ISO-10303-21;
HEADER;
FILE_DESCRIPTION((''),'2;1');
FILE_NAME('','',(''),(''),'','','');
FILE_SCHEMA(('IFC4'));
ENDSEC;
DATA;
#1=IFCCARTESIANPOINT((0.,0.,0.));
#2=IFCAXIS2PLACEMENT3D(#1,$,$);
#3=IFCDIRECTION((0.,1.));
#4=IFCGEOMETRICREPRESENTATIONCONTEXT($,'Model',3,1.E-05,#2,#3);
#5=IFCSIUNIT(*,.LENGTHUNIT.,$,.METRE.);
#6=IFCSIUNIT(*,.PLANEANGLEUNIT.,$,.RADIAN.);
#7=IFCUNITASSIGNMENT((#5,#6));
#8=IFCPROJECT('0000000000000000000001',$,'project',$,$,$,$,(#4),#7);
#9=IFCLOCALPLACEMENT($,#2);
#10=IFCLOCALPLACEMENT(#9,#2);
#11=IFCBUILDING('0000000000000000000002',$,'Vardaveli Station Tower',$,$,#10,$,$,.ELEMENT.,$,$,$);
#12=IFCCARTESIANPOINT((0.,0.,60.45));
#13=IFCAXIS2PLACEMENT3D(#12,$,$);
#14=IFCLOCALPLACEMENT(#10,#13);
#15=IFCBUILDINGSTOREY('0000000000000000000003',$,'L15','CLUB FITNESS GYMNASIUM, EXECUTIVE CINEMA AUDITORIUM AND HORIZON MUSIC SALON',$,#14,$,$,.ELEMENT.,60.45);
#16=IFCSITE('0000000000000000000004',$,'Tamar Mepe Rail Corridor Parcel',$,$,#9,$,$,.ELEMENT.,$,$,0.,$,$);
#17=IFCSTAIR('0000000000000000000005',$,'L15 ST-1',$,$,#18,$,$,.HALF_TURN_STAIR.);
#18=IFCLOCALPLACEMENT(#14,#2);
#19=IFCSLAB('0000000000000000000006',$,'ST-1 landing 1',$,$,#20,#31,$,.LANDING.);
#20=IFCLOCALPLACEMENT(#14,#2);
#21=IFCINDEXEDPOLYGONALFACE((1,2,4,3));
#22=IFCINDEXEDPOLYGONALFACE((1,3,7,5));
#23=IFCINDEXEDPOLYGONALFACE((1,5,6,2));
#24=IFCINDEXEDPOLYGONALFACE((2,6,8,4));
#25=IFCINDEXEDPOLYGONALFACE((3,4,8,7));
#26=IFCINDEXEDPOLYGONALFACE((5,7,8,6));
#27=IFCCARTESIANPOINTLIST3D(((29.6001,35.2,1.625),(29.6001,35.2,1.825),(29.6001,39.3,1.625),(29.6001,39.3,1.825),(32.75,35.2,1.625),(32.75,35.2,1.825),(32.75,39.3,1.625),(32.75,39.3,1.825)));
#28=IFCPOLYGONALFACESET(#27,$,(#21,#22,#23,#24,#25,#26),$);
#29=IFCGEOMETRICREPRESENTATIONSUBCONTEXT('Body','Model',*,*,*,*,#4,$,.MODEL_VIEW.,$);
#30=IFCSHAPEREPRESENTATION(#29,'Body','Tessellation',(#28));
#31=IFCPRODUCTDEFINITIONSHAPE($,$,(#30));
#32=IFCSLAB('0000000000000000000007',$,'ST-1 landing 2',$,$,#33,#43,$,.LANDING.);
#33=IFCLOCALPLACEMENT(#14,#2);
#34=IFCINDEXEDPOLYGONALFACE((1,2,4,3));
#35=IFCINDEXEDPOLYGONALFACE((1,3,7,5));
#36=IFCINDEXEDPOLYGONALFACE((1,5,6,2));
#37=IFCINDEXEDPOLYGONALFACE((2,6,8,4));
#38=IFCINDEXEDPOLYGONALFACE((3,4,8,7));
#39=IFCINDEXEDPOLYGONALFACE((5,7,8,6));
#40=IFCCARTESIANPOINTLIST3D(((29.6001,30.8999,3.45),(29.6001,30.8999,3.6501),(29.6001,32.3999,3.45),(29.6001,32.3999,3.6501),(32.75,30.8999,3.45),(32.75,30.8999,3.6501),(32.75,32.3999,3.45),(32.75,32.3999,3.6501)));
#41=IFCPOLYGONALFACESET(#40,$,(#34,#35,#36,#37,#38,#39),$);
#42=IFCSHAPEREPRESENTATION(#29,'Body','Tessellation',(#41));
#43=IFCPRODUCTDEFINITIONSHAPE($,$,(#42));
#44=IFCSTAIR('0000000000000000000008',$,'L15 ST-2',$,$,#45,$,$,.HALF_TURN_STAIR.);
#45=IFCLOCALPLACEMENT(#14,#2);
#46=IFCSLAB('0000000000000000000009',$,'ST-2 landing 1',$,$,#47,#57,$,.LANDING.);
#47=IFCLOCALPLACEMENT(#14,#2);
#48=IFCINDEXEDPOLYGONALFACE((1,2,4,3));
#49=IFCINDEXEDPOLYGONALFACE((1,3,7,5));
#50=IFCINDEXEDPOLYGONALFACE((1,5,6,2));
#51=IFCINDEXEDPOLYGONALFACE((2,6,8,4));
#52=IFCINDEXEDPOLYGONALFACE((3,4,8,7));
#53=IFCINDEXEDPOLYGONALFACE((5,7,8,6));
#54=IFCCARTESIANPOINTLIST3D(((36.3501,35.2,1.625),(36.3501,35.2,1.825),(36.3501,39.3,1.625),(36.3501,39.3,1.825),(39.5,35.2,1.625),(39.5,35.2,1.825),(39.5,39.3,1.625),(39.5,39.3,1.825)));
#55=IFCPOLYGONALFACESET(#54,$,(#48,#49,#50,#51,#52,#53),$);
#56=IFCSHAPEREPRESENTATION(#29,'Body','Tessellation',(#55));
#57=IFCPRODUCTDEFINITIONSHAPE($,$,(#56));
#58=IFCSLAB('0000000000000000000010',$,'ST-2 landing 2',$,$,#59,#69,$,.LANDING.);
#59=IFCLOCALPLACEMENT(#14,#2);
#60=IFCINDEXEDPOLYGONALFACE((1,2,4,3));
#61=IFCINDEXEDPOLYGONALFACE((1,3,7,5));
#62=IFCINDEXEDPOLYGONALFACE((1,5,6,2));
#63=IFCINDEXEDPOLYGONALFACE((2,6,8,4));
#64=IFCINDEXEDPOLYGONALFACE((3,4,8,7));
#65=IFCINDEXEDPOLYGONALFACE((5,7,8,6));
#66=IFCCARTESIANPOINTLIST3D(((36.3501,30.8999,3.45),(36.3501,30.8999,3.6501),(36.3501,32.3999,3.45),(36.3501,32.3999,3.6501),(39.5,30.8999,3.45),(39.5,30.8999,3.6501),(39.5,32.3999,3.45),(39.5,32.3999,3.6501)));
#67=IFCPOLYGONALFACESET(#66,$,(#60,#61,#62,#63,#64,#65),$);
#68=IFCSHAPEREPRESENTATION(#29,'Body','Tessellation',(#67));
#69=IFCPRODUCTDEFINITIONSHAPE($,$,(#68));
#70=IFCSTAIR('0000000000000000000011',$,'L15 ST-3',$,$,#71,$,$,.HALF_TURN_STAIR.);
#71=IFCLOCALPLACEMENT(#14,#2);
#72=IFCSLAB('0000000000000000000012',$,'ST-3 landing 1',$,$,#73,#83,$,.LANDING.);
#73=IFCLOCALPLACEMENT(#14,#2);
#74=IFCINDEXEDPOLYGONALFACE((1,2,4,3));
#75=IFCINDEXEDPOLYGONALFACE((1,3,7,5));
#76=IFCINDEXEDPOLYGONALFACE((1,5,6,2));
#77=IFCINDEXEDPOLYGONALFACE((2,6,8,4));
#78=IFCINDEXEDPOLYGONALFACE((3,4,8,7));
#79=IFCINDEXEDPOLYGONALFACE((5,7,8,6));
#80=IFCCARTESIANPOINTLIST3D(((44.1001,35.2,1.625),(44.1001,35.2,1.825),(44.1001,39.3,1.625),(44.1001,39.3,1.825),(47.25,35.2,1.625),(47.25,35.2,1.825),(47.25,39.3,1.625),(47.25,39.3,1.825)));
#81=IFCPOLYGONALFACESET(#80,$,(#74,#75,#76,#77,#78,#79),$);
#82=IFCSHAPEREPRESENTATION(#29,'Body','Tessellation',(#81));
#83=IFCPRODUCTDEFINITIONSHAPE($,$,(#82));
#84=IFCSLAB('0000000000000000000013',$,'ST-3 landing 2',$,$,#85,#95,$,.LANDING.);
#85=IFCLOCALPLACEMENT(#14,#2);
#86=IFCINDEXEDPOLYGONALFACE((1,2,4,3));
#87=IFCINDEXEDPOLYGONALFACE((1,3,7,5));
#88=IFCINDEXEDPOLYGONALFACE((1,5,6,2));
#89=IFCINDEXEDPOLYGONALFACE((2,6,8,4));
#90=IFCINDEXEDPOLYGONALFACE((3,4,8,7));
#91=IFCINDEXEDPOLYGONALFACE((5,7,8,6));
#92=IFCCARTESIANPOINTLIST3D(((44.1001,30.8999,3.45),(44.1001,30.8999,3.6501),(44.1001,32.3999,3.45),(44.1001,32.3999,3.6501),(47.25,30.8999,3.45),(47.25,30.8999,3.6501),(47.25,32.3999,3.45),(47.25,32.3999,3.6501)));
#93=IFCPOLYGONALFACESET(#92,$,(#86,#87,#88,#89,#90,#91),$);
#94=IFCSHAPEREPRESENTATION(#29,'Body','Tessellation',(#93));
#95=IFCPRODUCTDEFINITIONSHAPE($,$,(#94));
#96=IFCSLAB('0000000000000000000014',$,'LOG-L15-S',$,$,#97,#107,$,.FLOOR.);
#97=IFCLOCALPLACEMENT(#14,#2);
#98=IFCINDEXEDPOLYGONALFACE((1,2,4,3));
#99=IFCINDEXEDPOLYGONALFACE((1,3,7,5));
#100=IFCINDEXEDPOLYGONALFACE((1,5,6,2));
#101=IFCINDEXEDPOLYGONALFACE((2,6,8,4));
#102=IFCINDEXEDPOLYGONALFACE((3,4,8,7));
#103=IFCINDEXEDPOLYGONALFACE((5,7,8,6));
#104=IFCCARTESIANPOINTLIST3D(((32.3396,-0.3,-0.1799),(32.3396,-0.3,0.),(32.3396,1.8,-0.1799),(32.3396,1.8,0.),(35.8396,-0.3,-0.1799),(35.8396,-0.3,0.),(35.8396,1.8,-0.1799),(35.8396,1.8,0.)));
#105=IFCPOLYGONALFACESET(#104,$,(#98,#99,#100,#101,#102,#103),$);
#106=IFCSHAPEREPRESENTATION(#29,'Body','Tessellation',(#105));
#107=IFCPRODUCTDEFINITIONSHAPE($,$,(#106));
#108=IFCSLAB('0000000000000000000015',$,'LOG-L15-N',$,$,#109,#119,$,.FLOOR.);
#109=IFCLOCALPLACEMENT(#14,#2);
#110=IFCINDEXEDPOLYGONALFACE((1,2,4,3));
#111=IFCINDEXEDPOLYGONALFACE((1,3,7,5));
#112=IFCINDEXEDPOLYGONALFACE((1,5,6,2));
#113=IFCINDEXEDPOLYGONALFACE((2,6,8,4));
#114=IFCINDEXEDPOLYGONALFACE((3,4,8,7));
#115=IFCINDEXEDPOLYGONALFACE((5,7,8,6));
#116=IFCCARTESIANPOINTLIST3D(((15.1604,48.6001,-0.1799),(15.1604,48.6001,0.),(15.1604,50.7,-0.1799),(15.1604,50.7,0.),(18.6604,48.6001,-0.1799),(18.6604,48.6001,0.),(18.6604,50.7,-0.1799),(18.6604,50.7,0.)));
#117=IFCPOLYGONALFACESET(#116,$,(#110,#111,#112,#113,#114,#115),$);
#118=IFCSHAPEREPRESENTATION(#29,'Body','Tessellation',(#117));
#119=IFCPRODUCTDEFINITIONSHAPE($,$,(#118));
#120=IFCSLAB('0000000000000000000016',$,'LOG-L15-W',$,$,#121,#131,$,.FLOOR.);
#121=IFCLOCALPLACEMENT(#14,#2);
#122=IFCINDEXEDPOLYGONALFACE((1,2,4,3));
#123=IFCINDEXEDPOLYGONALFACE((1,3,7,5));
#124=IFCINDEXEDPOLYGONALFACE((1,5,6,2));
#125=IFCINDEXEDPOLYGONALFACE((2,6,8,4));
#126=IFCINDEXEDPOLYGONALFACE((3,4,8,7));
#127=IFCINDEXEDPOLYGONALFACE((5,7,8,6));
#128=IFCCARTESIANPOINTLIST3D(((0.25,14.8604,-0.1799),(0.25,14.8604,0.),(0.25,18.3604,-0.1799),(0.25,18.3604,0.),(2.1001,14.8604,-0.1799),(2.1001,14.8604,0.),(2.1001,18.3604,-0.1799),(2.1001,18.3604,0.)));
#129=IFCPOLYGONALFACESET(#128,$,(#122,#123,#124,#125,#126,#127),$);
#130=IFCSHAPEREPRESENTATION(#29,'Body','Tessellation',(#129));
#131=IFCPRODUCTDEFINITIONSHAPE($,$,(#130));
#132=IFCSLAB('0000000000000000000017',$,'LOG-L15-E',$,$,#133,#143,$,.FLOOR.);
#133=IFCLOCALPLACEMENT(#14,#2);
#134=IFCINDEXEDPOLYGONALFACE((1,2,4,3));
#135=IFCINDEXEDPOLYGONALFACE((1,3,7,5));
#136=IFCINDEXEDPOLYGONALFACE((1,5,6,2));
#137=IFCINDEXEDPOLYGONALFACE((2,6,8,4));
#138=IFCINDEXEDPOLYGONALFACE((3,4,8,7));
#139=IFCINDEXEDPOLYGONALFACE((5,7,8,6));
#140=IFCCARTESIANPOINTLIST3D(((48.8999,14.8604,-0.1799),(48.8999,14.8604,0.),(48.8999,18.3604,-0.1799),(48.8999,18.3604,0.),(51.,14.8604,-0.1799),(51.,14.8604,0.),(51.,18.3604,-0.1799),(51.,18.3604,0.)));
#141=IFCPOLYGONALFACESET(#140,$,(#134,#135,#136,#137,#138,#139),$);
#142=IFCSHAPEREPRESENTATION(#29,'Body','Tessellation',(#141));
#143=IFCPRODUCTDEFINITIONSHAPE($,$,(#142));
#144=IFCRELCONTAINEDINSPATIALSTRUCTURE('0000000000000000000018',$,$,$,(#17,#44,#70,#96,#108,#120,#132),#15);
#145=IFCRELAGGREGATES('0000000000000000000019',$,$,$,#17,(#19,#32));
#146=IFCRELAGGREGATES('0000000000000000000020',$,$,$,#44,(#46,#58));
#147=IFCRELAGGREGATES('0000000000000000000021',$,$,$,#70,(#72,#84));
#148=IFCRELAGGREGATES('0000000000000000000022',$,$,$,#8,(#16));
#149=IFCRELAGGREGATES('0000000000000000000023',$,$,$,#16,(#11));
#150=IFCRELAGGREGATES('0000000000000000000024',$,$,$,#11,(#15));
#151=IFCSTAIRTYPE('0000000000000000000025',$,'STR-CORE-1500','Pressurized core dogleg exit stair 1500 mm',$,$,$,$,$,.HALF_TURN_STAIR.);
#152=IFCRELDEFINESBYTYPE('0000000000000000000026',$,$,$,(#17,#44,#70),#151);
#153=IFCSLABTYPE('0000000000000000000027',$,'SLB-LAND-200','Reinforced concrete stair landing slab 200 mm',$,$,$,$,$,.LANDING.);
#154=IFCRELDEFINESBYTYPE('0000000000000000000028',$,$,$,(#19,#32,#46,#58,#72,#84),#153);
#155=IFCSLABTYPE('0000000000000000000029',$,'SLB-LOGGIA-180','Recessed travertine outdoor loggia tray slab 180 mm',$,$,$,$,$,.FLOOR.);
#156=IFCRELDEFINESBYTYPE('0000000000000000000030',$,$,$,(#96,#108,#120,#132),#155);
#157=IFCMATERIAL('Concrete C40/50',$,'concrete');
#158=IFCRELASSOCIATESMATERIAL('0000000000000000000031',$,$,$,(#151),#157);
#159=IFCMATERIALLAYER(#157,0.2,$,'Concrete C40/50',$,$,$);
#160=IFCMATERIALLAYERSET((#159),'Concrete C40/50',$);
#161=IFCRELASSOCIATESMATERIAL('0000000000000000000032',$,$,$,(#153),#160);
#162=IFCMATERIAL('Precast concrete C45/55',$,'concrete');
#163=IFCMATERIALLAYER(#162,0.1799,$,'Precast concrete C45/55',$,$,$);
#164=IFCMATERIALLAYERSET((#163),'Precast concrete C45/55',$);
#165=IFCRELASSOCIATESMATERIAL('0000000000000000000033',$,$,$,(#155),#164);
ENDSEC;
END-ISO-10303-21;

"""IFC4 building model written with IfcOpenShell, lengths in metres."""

from ifc_helpers import new_model, si_unit, direction, frame, origin, place, context, subcontext, project, spatial, polyline, outline, extrude, material, layer, layer_set, type_object, element, aggregate, save


model = new_model("IFC4")

# Units and contexts
model_context = context("Model", 3, precision=1e-05, world=origin(), true_north=direction((0.0, 1.0)))
body_context = subcontext(model_context, "Body", "Model", "MODEL_VIEW")
ifc_project = project(units=[si_unit("LENGTHUNIT", "METRE"), si_unit("PLANEANGLEUNIT", "RADIAN")], contexts=[model_context])

# Site, building, storey
site_placement = place(None, origin())
site = spatial("IfcSite", under=ifc_project, at=site_placement, Name="Tamar Mepe Rail Corridor Parcel", CompositionType="ELEMENT", RefElevation=0.0)
building_placement = place(site_placement, origin())
building = spatial("IfcBuilding", under=site, at=building_placement, Name="Vardaveli Station Tower", CompositionType="ELEMENT")
storey_placement = place(building_placement, frame((0.0, 0.0, 60.45)))
storey = spatial("IfcBuildingStorey", under=building, at=storey_placement, Name="L15", Description="CLUB FITNESS GYMNASIUM, EXECUTIVE CINEMA AUDITORIUM AND HORIZON MUSIC SALON", CompositionType="ELEMENT", Elevation=60.45)

# Stairs, slabs
ifc_material_1 = material(Name="Concrete C40/50", Category="concrete")
stair_type = type_object("IfcStairType", Name="STR-CORE-1500", Description="Pressurized core dogleg exit stair 1500 mm", PredefinedType="HALF_TURN_STAIR", material=ifc_material_1)
stair_1_placement = place(storey_placement, origin())
stair_1 = element("IfcStair", 1, at=stair_1_placement, inside=storey, type_object=stair_type, Name="L15 ST-1", PredefinedType="HALF_TURN_STAIR")
ifc_layer_1 = layer(ifc_material_1, 0.2, Name="Concrete C40/50")
ifc_layer_set_1 = layer_set([ifc_layer_1], Name="Concrete C40/50")
slab_type_1 = type_object("IfcSlabType", Name="SLB-LAND-200", Description="Reinforced concrete stair landing slab 200 mm", PredefinedType="LANDING", material=ifc_layer_set_1)
slab_1_placement = place(storey_placement, frame((0.0, 0.0, 1.625)))
slab_1 = element("IfcSlab", 2, at=slab_1_placement, type_object=slab_type_1, Name="ST-1 landing 1", PredefinedType="LANDING", context=body_context, shape_type="SweptSolid", body=[
    extrude(outline(polyline([(32.75, 35.2), (32.75, 39.3), (29.6001, 39.3), (29.6001, 35.2), (32.75, 35.2)])), origin(), (0.0, 0.0, 1.0), 0.2),
])
slab_2_placement = place(storey_placement, frame((0.0, 0.0, 3.45)))
slab_2 = element("IfcSlab", 3, at=slab_2_placement, type_object=slab_type_1, Name="ST-1 landing 2", PredefinedType="LANDING", context=body_context, shape_type="SweptSolid", body=[
    extrude(outline(polyline([(32.75, 30.8999), (32.75, 32.3999), (29.6001, 32.3999), (29.6001, 30.8999), (32.75, 30.8999)])), origin(), (0.0, 0.0, 1.0), 0.2002),
])
aggregate(stair_1, [slab_1, slab_2])
stair_2_placement = place(storey_placement, origin())
stair_2 = element("IfcStair", 4, at=stair_2_placement, inside=storey, type_object=stair_type, Name="L15 ST-2", PredefinedType="HALF_TURN_STAIR")
slab_3_placement = place(storey_placement, frame((0.0, 0.0, 1.625)))
slab_3 = element("IfcSlab", 5, at=slab_3_placement, type_object=slab_type_1, Name="ST-2 landing 1", PredefinedType="LANDING", context=body_context, shape_type="SweptSolid", body=[
    extrude(outline(polyline([(39.5, 35.2), (39.5, 39.3), (36.3501, 39.3), (36.3501, 35.2), (39.5, 35.2)])), origin(), (0.0, 0.0, 1.0), 0.2),
])
slab_4_placement = place(storey_placement, frame((0.0, 0.0, 3.45)))
slab_4 = element("IfcSlab", 6, at=slab_4_placement, type_object=slab_type_1, Name="ST-2 landing 2", PredefinedType="LANDING", context=body_context, shape_type="SweptSolid", body=[
    extrude(outline(polyline([(39.5, 30.8999), (39.5, 32.3999), (36.3501, 32.3999), (36.3501, 30.8999), (39.5, 30.8999)])), origin(), (0.0, 0.0, 1.0), 0.2002),
])
aggregate(stair_2, [slab_3, slab_4])
stair_3_placement = place(storey_placement, origin())
stair_3 = element("IfcStair", 7, at=stair_3_placement, inside=storey, type_object=stair_type, Name="L15 ST-3", PredefinedType="HALF_TURN_STAIR")
slab_5_placement = place(storey_placement, frame((0.0, 0.0, 1.625)))
slab_5 = element("IfcSlab", 8, at=slab_5_placement, type_object=slab_type_1, Name="ST-3 landing 1", PredefinedType="LANDING", context=body_context, shape_type="SweptSolid", body=[
    extrude(outline(polyline([(47.25, 35.2), (47.25, 39.3), (44.1001, 39.3), (44.1001, 35.2), (47.25, 35.2)])), origin(), (0.0, 0.0, 1.0), 0.2),
])
slab_6_placement = place(storey_placement, frame((0.0, 0.0, 3.45)))
slab_6 = element("IfcSlab", 9, at=slab_6_placement, type_object=slab_type_1, Name="ST-3 landing 2", PredefinedType="LANDING", context=body_context, shape_type="SweptSolid", body=[
    extrude(outline(polyline([(47.25, 30.8999), (47.25, 32.3999), (44.1001, 32.3999), (44.1001, 30.8999), (47.25, 30.8999)])), origin(), (0.0, 0.0, 1.0), 0.2002),
])
aggregate(stair_3, [slab_5, slab_6])

# Slabs
ifc_material_2 = material(Name="Precast concrete C45/55", Category="concrete")
ifc_layer_2 = layer(ifc_material_2, 0.1799, Name="Precast concrete C45/55")
ifc_layer_set_2 = layer_set([ifc_layer_2], Name="Precast concrete C45/55")
slab_type_2 = type_object("IfcSlabType", Name="SLB-LOGGIA-180", Description="Recessed travertine outdoor loggia tray slab 180 mm", PredefinedType="FLOOR", material=ifc_layer_set_2)
slab_7_placement = place(storey_placement, frame((0.0, 0.0, -0.1799)))
element("IfcSlab", 10, at=slab_7_placement, inside=storey, type_object=slab_type_2, Name="LOG-L15-S", PredefinedType="FLOOR", context=body_context, shape_type="SweptSolid", body=[
    extrude(outline(polyline([(32.3396, -0.3), (35.8396, -0.3), (35.8396, 1.8), (32.3396, 1.8), (32.3396, -0.3)])), origin(), (0.0, 0.0, 1.0), 0.1799),
])
slab_8_placement = place(storey_placement, frame((0.0, 0.0, -0.1799)))
element("IfcSlab", 11, at=slab_8_placement, inside=storey, type_object=slab_type_2, Name="LOG-L15-N", PredefinedType="FLOOR", context=body_context, shape_type="SweptSolid", body=[
    extrude(outline(polyline([(15.1604, 48.6001), (18.6604, 48.6001), (18.6604, 50.7), (15.1604, 50.7), (15.1604, 48.6001)])), origin(), (0.0, 0.0, 1.0), 0.1799),
])
slab_9_placement = place(storey_placement, frame((0.0, 0.0, -0.1799)))
element("IfcSlab", 12, at=slab_9_placement, inside=storey, type_object=slab_type_2, Name="LOG-L15-W", PredefinedType="FLOOR", context=body_context, shape_type="SweptSolid", body=[
    extrude(outline(polyline([(0.25, 14.8604), (2.1001, 14.8604), (2.1001, 18.3604), (0.25, 18.3604), (0.25, 14.8604)])), origin(), (0.0, 0.0, 1.0), 0.1799),
])
slab_10_placement = place(storey_placement, frame((0.0, 0.0, -0.1799)))
element("IfcSlab", 13, at=slab_10_placement, inside=storey, type_object=slab_type_2, Name="LOG-L15-E", PredefinedType="FLOOR", context=body_context, shape_type="SweptSolid", body=[
    extrude(outline(polyline([(48.8999, 14.8604), (51.0, 14.8604), (51.0, 18.3604), (48.8999, 18.3604), (48.8999, 14.8604)])), origin(), (0.0, 0.0, 1.0), 0.1799),
])

save(model, "model.ifc")
